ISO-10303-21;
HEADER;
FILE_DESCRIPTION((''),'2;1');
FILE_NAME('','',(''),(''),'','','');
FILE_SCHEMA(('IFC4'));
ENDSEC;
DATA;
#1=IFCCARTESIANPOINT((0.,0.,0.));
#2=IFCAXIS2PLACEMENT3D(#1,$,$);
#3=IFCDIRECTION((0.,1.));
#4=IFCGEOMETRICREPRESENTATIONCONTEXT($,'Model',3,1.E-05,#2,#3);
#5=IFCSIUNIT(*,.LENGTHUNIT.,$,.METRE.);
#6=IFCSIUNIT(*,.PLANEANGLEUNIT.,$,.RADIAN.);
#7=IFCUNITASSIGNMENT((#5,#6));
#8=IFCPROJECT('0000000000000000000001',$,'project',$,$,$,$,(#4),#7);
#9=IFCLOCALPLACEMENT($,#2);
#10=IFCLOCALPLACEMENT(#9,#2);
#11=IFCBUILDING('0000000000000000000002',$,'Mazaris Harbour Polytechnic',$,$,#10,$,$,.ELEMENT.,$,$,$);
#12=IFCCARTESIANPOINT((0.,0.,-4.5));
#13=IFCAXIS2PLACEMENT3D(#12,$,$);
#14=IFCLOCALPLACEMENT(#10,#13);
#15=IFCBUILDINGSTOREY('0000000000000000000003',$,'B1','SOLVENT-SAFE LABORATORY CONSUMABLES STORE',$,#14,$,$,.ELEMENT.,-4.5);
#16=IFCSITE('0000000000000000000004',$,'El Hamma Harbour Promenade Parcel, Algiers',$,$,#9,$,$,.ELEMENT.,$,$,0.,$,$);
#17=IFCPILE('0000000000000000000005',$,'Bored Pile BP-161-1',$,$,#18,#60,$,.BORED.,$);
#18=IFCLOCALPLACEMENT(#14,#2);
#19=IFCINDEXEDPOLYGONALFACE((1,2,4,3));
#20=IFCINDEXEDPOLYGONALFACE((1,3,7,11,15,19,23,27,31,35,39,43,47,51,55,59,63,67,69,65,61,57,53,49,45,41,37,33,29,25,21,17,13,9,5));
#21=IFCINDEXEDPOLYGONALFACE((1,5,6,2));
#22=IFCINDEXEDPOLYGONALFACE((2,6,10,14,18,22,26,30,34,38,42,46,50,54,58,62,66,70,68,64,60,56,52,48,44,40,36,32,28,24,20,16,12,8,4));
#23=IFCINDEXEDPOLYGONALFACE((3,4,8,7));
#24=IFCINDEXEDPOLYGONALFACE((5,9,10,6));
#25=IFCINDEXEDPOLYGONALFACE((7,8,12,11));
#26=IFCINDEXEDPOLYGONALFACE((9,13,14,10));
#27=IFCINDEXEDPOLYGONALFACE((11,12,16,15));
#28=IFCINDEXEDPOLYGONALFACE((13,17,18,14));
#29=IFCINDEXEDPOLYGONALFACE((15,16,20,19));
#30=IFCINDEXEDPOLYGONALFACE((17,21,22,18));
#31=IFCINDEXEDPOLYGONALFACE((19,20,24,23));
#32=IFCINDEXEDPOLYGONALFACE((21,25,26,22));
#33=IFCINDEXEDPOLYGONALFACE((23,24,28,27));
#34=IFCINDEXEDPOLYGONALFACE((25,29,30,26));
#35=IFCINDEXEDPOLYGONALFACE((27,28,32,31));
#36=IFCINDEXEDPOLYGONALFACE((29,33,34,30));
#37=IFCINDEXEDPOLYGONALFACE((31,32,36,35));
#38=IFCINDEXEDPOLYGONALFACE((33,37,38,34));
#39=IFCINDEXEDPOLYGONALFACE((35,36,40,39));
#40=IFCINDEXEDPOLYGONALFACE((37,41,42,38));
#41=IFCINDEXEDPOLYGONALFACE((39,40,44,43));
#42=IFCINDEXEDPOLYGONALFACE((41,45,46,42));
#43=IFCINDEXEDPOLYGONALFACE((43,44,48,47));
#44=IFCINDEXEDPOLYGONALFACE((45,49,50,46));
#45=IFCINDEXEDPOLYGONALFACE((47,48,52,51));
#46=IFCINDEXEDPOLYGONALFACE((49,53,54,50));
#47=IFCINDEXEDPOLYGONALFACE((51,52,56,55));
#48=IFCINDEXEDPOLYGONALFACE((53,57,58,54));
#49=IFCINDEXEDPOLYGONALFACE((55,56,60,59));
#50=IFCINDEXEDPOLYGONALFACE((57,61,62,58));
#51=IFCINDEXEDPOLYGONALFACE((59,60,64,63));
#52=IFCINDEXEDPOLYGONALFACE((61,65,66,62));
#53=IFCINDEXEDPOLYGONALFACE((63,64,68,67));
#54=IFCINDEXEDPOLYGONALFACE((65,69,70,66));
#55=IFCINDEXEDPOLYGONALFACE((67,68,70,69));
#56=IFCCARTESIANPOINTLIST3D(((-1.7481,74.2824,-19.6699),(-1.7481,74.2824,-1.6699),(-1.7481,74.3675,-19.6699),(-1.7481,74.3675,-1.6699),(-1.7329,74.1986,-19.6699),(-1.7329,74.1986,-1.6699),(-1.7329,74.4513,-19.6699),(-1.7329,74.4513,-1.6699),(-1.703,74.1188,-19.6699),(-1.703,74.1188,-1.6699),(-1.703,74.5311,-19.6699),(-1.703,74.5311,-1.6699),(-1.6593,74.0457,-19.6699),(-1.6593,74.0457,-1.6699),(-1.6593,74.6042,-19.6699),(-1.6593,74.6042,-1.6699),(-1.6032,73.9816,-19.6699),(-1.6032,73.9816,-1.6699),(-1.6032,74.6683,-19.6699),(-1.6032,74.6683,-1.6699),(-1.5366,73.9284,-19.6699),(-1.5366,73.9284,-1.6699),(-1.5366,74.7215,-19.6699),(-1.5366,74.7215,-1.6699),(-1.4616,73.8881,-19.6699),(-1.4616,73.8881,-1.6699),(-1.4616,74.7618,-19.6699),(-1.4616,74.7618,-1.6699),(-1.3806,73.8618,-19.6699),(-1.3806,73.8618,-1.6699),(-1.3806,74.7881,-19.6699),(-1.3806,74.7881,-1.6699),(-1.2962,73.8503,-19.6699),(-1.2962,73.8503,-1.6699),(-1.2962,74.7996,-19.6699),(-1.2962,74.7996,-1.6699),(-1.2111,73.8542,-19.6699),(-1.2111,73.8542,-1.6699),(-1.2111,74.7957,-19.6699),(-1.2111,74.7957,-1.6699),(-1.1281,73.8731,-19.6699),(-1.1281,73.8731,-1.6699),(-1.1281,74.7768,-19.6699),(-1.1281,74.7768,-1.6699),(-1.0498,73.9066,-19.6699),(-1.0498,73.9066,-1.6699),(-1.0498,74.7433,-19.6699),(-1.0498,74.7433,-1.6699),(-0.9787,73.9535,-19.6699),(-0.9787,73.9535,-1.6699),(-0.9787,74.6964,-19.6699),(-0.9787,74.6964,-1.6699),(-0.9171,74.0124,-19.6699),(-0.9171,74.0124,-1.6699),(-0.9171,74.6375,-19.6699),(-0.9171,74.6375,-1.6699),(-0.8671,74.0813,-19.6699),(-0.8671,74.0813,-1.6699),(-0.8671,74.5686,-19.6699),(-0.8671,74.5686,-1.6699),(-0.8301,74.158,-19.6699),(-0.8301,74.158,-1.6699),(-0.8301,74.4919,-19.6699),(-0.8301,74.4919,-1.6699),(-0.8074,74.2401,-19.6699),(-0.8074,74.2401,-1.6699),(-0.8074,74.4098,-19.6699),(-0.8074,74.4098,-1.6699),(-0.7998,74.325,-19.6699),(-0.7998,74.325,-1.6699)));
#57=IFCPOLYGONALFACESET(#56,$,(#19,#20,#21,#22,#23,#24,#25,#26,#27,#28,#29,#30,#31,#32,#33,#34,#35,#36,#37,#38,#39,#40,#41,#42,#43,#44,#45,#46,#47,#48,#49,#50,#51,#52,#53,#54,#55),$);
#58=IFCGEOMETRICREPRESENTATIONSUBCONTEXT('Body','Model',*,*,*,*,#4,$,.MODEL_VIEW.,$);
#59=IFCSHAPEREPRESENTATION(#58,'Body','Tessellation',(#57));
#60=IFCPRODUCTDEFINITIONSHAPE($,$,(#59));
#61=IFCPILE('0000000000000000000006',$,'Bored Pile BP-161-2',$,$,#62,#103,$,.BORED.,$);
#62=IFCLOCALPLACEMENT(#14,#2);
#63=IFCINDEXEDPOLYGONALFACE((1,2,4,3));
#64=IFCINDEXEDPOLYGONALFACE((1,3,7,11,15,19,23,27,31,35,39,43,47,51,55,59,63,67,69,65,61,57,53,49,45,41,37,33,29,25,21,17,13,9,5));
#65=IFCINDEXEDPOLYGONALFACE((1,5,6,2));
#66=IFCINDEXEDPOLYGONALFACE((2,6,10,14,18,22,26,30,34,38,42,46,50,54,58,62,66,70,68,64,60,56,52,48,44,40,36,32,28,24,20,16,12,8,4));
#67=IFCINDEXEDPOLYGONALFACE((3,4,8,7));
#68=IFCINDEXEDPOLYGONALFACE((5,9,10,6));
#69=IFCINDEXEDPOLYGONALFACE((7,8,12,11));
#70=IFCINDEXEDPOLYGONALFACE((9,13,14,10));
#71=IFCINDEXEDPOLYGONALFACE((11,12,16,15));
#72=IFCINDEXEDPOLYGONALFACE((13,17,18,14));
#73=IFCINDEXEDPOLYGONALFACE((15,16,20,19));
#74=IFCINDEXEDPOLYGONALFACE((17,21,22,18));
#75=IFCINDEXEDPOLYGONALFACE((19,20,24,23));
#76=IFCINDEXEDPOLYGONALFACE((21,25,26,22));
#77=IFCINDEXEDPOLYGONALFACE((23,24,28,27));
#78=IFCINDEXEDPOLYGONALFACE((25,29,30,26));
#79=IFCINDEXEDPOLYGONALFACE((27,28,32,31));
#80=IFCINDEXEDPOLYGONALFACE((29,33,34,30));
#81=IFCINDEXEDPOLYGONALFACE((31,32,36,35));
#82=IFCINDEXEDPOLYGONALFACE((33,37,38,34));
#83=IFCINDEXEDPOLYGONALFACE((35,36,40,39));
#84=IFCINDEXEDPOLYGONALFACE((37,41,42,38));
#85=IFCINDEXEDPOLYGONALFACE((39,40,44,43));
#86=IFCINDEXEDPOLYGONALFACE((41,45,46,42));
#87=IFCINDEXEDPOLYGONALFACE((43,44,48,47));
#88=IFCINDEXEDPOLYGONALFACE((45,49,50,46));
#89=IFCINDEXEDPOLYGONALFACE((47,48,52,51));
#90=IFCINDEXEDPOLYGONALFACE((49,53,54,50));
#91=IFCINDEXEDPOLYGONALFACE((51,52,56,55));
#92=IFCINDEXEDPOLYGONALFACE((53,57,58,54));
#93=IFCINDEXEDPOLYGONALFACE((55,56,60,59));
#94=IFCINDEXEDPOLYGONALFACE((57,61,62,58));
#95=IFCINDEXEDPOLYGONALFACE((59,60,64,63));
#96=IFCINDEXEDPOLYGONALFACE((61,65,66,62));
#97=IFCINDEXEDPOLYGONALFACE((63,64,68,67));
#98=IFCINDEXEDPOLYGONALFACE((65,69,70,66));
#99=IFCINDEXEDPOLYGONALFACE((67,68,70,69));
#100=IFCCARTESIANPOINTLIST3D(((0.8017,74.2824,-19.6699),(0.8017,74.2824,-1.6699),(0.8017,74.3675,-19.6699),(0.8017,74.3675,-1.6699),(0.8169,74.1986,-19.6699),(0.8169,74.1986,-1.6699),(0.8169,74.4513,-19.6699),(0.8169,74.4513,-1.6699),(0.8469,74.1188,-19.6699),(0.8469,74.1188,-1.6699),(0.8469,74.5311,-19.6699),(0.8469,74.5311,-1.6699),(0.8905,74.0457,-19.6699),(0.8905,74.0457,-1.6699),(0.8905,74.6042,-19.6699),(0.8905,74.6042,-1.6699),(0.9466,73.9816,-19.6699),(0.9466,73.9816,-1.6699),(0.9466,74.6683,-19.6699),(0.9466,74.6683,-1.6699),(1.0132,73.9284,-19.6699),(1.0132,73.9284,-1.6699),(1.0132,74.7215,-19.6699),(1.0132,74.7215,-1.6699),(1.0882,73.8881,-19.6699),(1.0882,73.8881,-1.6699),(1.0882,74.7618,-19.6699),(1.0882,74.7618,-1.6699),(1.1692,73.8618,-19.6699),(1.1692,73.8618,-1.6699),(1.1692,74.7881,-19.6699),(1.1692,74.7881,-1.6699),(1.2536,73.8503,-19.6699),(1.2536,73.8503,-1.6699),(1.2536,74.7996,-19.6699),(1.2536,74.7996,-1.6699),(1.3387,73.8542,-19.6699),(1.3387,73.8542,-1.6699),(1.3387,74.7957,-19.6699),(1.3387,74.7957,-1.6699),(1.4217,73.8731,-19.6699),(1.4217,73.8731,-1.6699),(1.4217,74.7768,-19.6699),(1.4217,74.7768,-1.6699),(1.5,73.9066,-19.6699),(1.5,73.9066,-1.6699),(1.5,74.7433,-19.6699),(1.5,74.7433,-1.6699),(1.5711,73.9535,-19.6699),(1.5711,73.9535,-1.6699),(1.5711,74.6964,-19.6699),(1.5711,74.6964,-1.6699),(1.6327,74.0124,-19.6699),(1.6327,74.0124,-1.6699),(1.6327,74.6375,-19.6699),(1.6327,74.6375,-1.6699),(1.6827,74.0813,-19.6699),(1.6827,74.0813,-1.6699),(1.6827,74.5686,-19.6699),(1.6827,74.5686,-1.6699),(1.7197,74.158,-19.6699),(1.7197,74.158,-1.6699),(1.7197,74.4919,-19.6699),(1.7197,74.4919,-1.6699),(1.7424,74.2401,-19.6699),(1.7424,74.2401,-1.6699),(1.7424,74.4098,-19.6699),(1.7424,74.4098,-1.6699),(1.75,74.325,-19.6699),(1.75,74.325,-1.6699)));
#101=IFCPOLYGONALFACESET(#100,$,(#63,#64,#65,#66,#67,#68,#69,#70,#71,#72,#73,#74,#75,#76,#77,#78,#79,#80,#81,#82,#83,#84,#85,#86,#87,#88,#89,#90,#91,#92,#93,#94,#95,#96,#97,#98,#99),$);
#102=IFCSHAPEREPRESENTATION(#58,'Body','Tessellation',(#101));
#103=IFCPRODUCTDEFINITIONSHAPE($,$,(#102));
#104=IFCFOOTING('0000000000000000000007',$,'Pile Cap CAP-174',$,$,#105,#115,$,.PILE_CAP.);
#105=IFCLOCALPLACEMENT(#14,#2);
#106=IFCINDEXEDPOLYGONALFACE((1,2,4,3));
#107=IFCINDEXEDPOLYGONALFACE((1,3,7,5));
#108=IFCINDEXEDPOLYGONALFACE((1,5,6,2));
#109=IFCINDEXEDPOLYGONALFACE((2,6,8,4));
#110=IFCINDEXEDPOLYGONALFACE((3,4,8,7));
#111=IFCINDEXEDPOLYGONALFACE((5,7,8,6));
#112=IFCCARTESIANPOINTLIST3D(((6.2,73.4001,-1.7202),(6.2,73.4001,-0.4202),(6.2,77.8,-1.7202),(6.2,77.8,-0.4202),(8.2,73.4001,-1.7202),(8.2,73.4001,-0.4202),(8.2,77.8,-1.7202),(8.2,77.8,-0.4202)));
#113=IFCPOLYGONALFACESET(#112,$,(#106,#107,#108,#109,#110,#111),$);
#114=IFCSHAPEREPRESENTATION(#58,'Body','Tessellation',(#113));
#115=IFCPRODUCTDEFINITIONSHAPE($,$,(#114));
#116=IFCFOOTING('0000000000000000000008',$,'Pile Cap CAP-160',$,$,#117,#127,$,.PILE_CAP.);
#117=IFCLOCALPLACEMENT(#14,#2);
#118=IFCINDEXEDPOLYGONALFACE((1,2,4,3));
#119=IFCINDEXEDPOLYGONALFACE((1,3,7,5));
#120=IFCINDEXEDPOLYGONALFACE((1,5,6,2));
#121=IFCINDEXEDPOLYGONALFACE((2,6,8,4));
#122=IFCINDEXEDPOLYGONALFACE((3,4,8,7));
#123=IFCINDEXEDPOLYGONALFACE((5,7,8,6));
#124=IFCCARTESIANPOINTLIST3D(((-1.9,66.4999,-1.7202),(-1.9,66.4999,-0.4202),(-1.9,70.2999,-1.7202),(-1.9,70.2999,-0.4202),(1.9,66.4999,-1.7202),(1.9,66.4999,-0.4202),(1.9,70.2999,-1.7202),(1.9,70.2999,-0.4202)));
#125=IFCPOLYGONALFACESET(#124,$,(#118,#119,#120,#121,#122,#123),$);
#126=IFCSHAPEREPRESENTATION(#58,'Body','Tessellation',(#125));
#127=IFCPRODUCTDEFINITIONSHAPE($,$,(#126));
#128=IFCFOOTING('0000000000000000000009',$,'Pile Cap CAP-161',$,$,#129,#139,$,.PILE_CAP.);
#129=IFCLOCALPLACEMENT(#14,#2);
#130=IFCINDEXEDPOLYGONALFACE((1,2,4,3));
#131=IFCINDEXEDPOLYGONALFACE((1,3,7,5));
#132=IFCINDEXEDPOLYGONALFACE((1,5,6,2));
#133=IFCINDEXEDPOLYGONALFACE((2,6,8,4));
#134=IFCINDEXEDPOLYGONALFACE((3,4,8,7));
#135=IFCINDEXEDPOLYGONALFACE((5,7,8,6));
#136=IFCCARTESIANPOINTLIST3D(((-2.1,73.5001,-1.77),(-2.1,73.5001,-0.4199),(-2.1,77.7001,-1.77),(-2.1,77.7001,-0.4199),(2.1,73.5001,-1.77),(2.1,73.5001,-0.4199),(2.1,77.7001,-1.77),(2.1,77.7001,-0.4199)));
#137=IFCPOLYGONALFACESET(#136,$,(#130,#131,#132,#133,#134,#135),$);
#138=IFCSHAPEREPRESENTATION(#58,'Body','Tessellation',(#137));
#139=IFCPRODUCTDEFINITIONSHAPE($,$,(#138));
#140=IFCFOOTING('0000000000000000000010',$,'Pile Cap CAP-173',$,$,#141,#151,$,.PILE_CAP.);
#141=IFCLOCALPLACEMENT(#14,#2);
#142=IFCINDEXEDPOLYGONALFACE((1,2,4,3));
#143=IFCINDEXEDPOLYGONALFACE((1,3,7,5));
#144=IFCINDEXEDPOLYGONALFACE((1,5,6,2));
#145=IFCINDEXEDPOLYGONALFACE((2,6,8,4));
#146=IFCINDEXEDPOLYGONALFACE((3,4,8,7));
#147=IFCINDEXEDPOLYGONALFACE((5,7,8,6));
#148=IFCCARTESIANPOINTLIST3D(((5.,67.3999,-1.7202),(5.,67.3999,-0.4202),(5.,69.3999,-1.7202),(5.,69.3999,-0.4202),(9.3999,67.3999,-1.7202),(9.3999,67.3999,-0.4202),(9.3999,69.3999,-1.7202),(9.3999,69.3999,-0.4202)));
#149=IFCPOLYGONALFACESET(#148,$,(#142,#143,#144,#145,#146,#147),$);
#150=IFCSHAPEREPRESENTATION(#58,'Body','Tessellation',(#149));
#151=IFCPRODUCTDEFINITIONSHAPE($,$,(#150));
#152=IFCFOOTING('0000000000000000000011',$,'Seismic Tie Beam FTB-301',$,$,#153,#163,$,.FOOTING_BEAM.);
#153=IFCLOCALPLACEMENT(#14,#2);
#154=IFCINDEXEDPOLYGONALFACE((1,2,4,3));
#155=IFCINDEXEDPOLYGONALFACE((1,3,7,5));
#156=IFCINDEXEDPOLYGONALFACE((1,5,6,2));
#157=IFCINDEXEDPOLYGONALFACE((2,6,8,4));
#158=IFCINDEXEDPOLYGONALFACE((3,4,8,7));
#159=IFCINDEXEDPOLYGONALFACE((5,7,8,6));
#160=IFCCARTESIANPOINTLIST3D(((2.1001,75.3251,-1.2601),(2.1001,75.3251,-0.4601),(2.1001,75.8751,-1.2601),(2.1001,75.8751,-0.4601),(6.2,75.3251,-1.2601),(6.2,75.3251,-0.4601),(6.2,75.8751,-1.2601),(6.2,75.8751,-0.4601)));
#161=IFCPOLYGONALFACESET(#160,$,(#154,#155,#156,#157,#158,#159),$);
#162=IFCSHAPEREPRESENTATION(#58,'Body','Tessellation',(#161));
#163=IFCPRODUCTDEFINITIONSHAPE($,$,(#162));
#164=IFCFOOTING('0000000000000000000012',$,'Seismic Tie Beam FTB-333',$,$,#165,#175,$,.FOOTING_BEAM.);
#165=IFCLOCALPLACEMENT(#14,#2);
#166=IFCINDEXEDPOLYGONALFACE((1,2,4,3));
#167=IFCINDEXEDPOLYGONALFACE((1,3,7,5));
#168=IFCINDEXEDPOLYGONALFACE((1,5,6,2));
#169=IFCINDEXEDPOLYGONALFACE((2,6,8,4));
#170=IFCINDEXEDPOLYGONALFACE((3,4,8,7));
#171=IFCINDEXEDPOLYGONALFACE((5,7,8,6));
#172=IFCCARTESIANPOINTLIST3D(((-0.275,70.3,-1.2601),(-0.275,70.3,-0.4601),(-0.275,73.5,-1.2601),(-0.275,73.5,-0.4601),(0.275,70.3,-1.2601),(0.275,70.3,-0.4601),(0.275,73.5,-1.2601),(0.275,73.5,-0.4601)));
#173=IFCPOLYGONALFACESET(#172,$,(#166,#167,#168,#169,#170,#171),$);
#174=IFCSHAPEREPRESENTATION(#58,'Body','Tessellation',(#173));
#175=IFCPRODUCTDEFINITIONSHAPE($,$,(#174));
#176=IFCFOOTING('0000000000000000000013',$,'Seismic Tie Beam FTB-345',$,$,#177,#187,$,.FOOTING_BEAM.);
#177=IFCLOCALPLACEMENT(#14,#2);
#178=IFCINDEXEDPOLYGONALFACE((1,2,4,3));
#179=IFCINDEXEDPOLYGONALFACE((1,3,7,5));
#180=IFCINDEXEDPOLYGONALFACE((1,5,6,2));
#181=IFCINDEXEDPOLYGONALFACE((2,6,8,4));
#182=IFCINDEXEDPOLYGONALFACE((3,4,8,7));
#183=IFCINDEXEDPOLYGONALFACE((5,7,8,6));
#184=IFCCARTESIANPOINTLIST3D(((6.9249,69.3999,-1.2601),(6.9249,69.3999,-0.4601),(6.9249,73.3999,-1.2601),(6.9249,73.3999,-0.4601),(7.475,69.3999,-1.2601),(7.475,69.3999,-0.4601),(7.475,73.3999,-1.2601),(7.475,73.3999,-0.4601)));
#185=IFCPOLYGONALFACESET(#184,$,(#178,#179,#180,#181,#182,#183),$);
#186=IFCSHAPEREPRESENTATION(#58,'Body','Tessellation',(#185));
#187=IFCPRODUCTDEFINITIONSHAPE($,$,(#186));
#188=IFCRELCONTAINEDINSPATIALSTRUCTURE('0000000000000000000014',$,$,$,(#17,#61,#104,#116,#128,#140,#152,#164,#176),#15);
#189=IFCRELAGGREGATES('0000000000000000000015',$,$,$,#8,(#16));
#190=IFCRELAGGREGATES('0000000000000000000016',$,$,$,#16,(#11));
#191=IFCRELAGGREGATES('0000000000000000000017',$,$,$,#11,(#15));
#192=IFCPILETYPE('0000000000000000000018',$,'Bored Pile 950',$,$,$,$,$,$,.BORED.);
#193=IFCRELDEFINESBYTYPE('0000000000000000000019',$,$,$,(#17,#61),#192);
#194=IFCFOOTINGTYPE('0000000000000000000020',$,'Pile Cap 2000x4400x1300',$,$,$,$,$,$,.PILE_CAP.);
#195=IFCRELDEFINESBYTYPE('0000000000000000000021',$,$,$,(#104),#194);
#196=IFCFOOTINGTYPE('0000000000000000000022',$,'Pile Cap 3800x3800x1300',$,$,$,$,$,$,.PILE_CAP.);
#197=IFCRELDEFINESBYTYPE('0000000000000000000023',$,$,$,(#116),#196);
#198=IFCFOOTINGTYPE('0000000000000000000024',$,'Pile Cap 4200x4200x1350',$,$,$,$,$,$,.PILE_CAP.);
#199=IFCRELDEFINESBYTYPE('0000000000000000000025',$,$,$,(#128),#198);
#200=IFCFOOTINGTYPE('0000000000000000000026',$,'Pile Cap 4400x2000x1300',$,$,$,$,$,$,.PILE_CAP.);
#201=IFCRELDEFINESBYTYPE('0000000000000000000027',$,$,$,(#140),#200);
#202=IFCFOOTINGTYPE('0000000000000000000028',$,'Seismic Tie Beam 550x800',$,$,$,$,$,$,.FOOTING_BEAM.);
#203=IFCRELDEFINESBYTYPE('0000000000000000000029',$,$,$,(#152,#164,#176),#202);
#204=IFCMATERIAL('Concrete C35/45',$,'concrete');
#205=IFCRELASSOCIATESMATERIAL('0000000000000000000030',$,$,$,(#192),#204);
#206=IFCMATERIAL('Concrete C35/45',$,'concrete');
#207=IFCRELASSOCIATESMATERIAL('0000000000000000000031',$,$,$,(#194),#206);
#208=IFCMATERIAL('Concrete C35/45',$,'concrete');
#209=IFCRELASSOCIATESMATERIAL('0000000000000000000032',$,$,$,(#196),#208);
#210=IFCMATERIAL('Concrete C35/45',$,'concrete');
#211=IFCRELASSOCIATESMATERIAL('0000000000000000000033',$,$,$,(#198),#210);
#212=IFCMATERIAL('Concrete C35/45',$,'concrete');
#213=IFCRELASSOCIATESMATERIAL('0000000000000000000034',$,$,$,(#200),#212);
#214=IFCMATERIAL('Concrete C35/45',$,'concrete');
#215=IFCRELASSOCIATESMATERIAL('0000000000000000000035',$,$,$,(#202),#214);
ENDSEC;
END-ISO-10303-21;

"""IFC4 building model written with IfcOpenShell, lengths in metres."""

from ifc_helpers import new_model, si_unit, direction, frame, origin, origin_2d, place, context, subcontext, project, spatial, rectangle, circle, extrude, material, material_profile, profile_set, type_object, element, save


model = new_model("IFC4")

# Units and contexts
model_context = context("Model", 3, precision=1e-05, world=origin(), true_north=direction((0.0, 1.0)))
body_context = subcontext(model_context, "Body", "Model", "MODEL_VIEW")
ifc_project = project(units=[si_unit("LENGTHUNIT", "METRE"), si_unit("PLANEANGLEUNIT", "RADIAN")], contexts=[model_context])

# Site, building, storey
site_placement = place(None, origin())
site = spatial("IfcSite", under=ifc_project, at=site_placement, Name="El Hamma Harbour Promenade Parcel, Algiers", CompositionType="ELEMENT", RefElevation=0.0)
building_placement = place(site_placement, origin())
building = spatial("IfcBuilding", under=site, at=building_placement, Name="Mazaris Harbour Polytechnic", CompositionType="ELEMENT")
storey_placement = place(building_placement, frame((0.0, 0.0, -4.5)))
storey = spatial("IfcBuildingStorey", under=building, at=storey_placement, Name="B1", Description="SOLVENT-SAFE LABORATORY CONSUMABLES STORE", CompositionType="ELEMENT", Elevation=-4.5)

# Piles
ifc_material_1 = material(Name="Concrete C35/45", Category="concrete")
ifc_material_profile_1 = material_profile(ifc_material_1, circle(Radius=0.4751, at=origin_2d()), Name="DIA950")
ifc_profile_set_1 = profile_set([ifc_material_profile_1], Name="Concrete C35/45")
pile_type_1 = type_object("IfcPileType", Name="Bored Pile 950", PredefinedType="BORED", material=ifc_profile_set_1)
for number, where, z_axis, x_axis, name in (
    (1, (-1.2749, 74.325, -1.6699), (0.0, 0.0, -1.0), (1.0, 0.0, 0.0), "Bored Pile BP-161-1"),
    (2, (1.2749, 74.325, -1.6699), (0.0, 0.0, -1.0), (1.0, 0.0, 0.0), "Bored Pile BP-161-2"),
):
    element("IfcPile", number, at=place(storey_placement, frame(where, z_axis=z_axis, x_axis=x_axis)), inside=storey, type_object=pile_type_1, Name=name, PredefinedType="BORED", context=body_context, shape_type="SweptSolid", body=[
        extrude(circle(Radius=0.4751, at=origin_2d()), origin(), (0.0, 0.0, 1.0), 18.0),
    ])

# Footings
ifc_material_2 = material(Name="Concrete C35/45", Category="concrete")
footing_type_1 = type_object("IfcFootingType", Name="Pile Cap 2000x4400x1300", PredefinedType="PILE_CAP", material=ifc_material_2)
footing_1_placement = place(storey_placement, frame((7.2, 75.6001, -1.7202), z_axis=(0.0, 0.0, 1.0), x_axis=(1.0, 0.0, 0.0)))
element("IfcFooting", 3, at=footing_1_placement, inside=storey, type_object=footing_type_1, Name="Pile Cap CAP-174", PredefinedType="PILE_CAP", context=body_context, shape_type="SweptSolid", body=[
    extrude(rectangle(XDim=2.0, YDim=4.3999, at=origin_2d()), origin(), (0.0, 0.0, 1.0), 1.3),
])
ifc_material_3 = material(Name="Concrete C35/45", Category="concrete")
footing_type_2 = type_object("IfcFootingType", Name="Pile Cap 3800x3800x1300", PredefinedType="PILE_CAP", material=ifc_material_3)
footing_2_placement = place(storey_placement, frame((0.0, 68.3999, -1.7202), z_axis=(0.0, 0.0, 1.0), x_axis=(1.0, 0.0, 0.0)))
element("IfcFooting", 4, at=footing_2_placement, inside=storey, type_object=footing_type_2, Name="Pile Cap CAP-160", PredefinedType="PILE_CAP", context=body_context, shape_type="SweptSolid", body=[
    extrude(rectangle(XDim=3.8, YDim=3.8, at=origin_2d()), origin(), (0.0, 0.0, 1.0), 1.3),
])
ifc_material_4 = material(Name="Concrete C35/45", Category="concrete")
footing_type_3 = type_object("IfcFootingType", Name="Pile Cap 4200x4200x1350", PredefinedType="PILE_CAP", material=ifc_material_4)
footing_3_placement = place(storey_placement, frame((0.0, 75.6001, -1.77), z_axis=(0.0, 0.0, 1.0), x_axis=(1.0, 0.0, 0.0)))
element("IfcFooting", 5, at=footing_3_placement, inside=storey, type_object=footing_type_3, Name="Pile Cap CAP-161", PredefinedType="PILE_CAP", context=body_context, shape_type="SweptSolid", body=[
    extrude(rectangle(XDim=4.2, YDim=4.2, at=origin_2d()), origin(), (0.0, 0.0, 1.0), 1.3501),
])
ifc_material_5 = material(Name="Concrete C35/45", Category="concrete")
footing_type_4 = type_object("IfcFootingType", Name="Pile Cap 4400x2000x1300", PredefinedType="PILE_CAP", material=ifc_material_5)
footing_4_placement = place(storey_placement, frame((7.2, 68.3999, -1.7202), z_axis=(0.0, 0.0, 1.0), x_axis=(1.0, 0.0, 0.0)))
element("IfcFooting", 6, at=footing_4_placement, inside=storey, type_object=footing_type_4, Name="Pile Cap CAP-173", PredefinedType="PILE_CAP", context=body_context, shape_type="SweptSolid", body=[
    extrude(rectangle(XDim=4.3999, YDim=2.0, at=origin_2d()), origin(), (0.0, 0.0, 1.0), 1.3),
])
ifc_material_6 = material(Name="Concrete C35/45", Category="concrete")
ifc_material_profile_2 = material_profile(ifc_material_6, rectangle(XDim=0.55, YDim=0.8, at=origin_2d()), Name="RECT550x800")
ifc_profile_set_2 = profile_set([ifc_material_profile_2], Name="Concrete C35/45")
footing_type_5 = type_object("IfcFootingType", Name="Seismic Tie Beam 550x800", PredefinedType="FOOTING_BEAM", material=ifc_profile_set_2)
footing_5_placement = place(storey_placement, frame((2.1001, 75.6001, -0.8601), z_axis=(1.0, 0.0, 0.0), x_axis=(0.0, 1.0, 0.0)))
element("IfcFooting", 7, at=footing_5_placement, inside=storey, type_object=footing_type_5, Name="Seismic Tie Beam FTB-301", PredefinedType="FOOTING_BEAM", context=body_context, shape_type="SweptSolid", body=[
    extrude(rectangle(XDim=0.55, YDim=0.8, at=origin_2d()), origin(), (0.0, 0.0, 1.0), 4.0999),
])
footing_6_placement = place(storey_placement, frame((0.0, 70.3, -0.8601), z_axis=(0.0, 1.0, 0.0), x_axis=(-1.0, 0.0, 0.0)))
element("IfcFooting", 8, at=footing_6_placement, inside=storey, type_object=footing_type_5, Name="Seismic Tie Beam FTB-333", PredefinedType="FOOTING_BEAM", context=body_context, shape_type="SweptSolid", body=[
    extrude(rectangle(XDim=0.55, YDim=0.8, at=origin_2d()), origin(), (0.0, 0.0, 1.0), 3.2),
])
footing_7_placement = place(storey_placement, frame((7.2, 69.3999, -0.8601), z_axis=(0.0, 1.0, 0.0), x_axis=(-1.0, 0.0, 0.0)))
element("IfcFooting", 9, at=footing_7_placement, inside=storey, type_object=footing_type_5, Name="Seismic Tie Beam FTB-345", PredefinedType="FOOTING_BEAM", context=body_context, shape_type="SweptSolid", body=[
    extrude(rectangle(XDim=0.55, YDim=0.8, at=origin_2d()), origin(), (0.0, 0.0, 1.0), 4.0),
])

save(model, "model.ifc")
